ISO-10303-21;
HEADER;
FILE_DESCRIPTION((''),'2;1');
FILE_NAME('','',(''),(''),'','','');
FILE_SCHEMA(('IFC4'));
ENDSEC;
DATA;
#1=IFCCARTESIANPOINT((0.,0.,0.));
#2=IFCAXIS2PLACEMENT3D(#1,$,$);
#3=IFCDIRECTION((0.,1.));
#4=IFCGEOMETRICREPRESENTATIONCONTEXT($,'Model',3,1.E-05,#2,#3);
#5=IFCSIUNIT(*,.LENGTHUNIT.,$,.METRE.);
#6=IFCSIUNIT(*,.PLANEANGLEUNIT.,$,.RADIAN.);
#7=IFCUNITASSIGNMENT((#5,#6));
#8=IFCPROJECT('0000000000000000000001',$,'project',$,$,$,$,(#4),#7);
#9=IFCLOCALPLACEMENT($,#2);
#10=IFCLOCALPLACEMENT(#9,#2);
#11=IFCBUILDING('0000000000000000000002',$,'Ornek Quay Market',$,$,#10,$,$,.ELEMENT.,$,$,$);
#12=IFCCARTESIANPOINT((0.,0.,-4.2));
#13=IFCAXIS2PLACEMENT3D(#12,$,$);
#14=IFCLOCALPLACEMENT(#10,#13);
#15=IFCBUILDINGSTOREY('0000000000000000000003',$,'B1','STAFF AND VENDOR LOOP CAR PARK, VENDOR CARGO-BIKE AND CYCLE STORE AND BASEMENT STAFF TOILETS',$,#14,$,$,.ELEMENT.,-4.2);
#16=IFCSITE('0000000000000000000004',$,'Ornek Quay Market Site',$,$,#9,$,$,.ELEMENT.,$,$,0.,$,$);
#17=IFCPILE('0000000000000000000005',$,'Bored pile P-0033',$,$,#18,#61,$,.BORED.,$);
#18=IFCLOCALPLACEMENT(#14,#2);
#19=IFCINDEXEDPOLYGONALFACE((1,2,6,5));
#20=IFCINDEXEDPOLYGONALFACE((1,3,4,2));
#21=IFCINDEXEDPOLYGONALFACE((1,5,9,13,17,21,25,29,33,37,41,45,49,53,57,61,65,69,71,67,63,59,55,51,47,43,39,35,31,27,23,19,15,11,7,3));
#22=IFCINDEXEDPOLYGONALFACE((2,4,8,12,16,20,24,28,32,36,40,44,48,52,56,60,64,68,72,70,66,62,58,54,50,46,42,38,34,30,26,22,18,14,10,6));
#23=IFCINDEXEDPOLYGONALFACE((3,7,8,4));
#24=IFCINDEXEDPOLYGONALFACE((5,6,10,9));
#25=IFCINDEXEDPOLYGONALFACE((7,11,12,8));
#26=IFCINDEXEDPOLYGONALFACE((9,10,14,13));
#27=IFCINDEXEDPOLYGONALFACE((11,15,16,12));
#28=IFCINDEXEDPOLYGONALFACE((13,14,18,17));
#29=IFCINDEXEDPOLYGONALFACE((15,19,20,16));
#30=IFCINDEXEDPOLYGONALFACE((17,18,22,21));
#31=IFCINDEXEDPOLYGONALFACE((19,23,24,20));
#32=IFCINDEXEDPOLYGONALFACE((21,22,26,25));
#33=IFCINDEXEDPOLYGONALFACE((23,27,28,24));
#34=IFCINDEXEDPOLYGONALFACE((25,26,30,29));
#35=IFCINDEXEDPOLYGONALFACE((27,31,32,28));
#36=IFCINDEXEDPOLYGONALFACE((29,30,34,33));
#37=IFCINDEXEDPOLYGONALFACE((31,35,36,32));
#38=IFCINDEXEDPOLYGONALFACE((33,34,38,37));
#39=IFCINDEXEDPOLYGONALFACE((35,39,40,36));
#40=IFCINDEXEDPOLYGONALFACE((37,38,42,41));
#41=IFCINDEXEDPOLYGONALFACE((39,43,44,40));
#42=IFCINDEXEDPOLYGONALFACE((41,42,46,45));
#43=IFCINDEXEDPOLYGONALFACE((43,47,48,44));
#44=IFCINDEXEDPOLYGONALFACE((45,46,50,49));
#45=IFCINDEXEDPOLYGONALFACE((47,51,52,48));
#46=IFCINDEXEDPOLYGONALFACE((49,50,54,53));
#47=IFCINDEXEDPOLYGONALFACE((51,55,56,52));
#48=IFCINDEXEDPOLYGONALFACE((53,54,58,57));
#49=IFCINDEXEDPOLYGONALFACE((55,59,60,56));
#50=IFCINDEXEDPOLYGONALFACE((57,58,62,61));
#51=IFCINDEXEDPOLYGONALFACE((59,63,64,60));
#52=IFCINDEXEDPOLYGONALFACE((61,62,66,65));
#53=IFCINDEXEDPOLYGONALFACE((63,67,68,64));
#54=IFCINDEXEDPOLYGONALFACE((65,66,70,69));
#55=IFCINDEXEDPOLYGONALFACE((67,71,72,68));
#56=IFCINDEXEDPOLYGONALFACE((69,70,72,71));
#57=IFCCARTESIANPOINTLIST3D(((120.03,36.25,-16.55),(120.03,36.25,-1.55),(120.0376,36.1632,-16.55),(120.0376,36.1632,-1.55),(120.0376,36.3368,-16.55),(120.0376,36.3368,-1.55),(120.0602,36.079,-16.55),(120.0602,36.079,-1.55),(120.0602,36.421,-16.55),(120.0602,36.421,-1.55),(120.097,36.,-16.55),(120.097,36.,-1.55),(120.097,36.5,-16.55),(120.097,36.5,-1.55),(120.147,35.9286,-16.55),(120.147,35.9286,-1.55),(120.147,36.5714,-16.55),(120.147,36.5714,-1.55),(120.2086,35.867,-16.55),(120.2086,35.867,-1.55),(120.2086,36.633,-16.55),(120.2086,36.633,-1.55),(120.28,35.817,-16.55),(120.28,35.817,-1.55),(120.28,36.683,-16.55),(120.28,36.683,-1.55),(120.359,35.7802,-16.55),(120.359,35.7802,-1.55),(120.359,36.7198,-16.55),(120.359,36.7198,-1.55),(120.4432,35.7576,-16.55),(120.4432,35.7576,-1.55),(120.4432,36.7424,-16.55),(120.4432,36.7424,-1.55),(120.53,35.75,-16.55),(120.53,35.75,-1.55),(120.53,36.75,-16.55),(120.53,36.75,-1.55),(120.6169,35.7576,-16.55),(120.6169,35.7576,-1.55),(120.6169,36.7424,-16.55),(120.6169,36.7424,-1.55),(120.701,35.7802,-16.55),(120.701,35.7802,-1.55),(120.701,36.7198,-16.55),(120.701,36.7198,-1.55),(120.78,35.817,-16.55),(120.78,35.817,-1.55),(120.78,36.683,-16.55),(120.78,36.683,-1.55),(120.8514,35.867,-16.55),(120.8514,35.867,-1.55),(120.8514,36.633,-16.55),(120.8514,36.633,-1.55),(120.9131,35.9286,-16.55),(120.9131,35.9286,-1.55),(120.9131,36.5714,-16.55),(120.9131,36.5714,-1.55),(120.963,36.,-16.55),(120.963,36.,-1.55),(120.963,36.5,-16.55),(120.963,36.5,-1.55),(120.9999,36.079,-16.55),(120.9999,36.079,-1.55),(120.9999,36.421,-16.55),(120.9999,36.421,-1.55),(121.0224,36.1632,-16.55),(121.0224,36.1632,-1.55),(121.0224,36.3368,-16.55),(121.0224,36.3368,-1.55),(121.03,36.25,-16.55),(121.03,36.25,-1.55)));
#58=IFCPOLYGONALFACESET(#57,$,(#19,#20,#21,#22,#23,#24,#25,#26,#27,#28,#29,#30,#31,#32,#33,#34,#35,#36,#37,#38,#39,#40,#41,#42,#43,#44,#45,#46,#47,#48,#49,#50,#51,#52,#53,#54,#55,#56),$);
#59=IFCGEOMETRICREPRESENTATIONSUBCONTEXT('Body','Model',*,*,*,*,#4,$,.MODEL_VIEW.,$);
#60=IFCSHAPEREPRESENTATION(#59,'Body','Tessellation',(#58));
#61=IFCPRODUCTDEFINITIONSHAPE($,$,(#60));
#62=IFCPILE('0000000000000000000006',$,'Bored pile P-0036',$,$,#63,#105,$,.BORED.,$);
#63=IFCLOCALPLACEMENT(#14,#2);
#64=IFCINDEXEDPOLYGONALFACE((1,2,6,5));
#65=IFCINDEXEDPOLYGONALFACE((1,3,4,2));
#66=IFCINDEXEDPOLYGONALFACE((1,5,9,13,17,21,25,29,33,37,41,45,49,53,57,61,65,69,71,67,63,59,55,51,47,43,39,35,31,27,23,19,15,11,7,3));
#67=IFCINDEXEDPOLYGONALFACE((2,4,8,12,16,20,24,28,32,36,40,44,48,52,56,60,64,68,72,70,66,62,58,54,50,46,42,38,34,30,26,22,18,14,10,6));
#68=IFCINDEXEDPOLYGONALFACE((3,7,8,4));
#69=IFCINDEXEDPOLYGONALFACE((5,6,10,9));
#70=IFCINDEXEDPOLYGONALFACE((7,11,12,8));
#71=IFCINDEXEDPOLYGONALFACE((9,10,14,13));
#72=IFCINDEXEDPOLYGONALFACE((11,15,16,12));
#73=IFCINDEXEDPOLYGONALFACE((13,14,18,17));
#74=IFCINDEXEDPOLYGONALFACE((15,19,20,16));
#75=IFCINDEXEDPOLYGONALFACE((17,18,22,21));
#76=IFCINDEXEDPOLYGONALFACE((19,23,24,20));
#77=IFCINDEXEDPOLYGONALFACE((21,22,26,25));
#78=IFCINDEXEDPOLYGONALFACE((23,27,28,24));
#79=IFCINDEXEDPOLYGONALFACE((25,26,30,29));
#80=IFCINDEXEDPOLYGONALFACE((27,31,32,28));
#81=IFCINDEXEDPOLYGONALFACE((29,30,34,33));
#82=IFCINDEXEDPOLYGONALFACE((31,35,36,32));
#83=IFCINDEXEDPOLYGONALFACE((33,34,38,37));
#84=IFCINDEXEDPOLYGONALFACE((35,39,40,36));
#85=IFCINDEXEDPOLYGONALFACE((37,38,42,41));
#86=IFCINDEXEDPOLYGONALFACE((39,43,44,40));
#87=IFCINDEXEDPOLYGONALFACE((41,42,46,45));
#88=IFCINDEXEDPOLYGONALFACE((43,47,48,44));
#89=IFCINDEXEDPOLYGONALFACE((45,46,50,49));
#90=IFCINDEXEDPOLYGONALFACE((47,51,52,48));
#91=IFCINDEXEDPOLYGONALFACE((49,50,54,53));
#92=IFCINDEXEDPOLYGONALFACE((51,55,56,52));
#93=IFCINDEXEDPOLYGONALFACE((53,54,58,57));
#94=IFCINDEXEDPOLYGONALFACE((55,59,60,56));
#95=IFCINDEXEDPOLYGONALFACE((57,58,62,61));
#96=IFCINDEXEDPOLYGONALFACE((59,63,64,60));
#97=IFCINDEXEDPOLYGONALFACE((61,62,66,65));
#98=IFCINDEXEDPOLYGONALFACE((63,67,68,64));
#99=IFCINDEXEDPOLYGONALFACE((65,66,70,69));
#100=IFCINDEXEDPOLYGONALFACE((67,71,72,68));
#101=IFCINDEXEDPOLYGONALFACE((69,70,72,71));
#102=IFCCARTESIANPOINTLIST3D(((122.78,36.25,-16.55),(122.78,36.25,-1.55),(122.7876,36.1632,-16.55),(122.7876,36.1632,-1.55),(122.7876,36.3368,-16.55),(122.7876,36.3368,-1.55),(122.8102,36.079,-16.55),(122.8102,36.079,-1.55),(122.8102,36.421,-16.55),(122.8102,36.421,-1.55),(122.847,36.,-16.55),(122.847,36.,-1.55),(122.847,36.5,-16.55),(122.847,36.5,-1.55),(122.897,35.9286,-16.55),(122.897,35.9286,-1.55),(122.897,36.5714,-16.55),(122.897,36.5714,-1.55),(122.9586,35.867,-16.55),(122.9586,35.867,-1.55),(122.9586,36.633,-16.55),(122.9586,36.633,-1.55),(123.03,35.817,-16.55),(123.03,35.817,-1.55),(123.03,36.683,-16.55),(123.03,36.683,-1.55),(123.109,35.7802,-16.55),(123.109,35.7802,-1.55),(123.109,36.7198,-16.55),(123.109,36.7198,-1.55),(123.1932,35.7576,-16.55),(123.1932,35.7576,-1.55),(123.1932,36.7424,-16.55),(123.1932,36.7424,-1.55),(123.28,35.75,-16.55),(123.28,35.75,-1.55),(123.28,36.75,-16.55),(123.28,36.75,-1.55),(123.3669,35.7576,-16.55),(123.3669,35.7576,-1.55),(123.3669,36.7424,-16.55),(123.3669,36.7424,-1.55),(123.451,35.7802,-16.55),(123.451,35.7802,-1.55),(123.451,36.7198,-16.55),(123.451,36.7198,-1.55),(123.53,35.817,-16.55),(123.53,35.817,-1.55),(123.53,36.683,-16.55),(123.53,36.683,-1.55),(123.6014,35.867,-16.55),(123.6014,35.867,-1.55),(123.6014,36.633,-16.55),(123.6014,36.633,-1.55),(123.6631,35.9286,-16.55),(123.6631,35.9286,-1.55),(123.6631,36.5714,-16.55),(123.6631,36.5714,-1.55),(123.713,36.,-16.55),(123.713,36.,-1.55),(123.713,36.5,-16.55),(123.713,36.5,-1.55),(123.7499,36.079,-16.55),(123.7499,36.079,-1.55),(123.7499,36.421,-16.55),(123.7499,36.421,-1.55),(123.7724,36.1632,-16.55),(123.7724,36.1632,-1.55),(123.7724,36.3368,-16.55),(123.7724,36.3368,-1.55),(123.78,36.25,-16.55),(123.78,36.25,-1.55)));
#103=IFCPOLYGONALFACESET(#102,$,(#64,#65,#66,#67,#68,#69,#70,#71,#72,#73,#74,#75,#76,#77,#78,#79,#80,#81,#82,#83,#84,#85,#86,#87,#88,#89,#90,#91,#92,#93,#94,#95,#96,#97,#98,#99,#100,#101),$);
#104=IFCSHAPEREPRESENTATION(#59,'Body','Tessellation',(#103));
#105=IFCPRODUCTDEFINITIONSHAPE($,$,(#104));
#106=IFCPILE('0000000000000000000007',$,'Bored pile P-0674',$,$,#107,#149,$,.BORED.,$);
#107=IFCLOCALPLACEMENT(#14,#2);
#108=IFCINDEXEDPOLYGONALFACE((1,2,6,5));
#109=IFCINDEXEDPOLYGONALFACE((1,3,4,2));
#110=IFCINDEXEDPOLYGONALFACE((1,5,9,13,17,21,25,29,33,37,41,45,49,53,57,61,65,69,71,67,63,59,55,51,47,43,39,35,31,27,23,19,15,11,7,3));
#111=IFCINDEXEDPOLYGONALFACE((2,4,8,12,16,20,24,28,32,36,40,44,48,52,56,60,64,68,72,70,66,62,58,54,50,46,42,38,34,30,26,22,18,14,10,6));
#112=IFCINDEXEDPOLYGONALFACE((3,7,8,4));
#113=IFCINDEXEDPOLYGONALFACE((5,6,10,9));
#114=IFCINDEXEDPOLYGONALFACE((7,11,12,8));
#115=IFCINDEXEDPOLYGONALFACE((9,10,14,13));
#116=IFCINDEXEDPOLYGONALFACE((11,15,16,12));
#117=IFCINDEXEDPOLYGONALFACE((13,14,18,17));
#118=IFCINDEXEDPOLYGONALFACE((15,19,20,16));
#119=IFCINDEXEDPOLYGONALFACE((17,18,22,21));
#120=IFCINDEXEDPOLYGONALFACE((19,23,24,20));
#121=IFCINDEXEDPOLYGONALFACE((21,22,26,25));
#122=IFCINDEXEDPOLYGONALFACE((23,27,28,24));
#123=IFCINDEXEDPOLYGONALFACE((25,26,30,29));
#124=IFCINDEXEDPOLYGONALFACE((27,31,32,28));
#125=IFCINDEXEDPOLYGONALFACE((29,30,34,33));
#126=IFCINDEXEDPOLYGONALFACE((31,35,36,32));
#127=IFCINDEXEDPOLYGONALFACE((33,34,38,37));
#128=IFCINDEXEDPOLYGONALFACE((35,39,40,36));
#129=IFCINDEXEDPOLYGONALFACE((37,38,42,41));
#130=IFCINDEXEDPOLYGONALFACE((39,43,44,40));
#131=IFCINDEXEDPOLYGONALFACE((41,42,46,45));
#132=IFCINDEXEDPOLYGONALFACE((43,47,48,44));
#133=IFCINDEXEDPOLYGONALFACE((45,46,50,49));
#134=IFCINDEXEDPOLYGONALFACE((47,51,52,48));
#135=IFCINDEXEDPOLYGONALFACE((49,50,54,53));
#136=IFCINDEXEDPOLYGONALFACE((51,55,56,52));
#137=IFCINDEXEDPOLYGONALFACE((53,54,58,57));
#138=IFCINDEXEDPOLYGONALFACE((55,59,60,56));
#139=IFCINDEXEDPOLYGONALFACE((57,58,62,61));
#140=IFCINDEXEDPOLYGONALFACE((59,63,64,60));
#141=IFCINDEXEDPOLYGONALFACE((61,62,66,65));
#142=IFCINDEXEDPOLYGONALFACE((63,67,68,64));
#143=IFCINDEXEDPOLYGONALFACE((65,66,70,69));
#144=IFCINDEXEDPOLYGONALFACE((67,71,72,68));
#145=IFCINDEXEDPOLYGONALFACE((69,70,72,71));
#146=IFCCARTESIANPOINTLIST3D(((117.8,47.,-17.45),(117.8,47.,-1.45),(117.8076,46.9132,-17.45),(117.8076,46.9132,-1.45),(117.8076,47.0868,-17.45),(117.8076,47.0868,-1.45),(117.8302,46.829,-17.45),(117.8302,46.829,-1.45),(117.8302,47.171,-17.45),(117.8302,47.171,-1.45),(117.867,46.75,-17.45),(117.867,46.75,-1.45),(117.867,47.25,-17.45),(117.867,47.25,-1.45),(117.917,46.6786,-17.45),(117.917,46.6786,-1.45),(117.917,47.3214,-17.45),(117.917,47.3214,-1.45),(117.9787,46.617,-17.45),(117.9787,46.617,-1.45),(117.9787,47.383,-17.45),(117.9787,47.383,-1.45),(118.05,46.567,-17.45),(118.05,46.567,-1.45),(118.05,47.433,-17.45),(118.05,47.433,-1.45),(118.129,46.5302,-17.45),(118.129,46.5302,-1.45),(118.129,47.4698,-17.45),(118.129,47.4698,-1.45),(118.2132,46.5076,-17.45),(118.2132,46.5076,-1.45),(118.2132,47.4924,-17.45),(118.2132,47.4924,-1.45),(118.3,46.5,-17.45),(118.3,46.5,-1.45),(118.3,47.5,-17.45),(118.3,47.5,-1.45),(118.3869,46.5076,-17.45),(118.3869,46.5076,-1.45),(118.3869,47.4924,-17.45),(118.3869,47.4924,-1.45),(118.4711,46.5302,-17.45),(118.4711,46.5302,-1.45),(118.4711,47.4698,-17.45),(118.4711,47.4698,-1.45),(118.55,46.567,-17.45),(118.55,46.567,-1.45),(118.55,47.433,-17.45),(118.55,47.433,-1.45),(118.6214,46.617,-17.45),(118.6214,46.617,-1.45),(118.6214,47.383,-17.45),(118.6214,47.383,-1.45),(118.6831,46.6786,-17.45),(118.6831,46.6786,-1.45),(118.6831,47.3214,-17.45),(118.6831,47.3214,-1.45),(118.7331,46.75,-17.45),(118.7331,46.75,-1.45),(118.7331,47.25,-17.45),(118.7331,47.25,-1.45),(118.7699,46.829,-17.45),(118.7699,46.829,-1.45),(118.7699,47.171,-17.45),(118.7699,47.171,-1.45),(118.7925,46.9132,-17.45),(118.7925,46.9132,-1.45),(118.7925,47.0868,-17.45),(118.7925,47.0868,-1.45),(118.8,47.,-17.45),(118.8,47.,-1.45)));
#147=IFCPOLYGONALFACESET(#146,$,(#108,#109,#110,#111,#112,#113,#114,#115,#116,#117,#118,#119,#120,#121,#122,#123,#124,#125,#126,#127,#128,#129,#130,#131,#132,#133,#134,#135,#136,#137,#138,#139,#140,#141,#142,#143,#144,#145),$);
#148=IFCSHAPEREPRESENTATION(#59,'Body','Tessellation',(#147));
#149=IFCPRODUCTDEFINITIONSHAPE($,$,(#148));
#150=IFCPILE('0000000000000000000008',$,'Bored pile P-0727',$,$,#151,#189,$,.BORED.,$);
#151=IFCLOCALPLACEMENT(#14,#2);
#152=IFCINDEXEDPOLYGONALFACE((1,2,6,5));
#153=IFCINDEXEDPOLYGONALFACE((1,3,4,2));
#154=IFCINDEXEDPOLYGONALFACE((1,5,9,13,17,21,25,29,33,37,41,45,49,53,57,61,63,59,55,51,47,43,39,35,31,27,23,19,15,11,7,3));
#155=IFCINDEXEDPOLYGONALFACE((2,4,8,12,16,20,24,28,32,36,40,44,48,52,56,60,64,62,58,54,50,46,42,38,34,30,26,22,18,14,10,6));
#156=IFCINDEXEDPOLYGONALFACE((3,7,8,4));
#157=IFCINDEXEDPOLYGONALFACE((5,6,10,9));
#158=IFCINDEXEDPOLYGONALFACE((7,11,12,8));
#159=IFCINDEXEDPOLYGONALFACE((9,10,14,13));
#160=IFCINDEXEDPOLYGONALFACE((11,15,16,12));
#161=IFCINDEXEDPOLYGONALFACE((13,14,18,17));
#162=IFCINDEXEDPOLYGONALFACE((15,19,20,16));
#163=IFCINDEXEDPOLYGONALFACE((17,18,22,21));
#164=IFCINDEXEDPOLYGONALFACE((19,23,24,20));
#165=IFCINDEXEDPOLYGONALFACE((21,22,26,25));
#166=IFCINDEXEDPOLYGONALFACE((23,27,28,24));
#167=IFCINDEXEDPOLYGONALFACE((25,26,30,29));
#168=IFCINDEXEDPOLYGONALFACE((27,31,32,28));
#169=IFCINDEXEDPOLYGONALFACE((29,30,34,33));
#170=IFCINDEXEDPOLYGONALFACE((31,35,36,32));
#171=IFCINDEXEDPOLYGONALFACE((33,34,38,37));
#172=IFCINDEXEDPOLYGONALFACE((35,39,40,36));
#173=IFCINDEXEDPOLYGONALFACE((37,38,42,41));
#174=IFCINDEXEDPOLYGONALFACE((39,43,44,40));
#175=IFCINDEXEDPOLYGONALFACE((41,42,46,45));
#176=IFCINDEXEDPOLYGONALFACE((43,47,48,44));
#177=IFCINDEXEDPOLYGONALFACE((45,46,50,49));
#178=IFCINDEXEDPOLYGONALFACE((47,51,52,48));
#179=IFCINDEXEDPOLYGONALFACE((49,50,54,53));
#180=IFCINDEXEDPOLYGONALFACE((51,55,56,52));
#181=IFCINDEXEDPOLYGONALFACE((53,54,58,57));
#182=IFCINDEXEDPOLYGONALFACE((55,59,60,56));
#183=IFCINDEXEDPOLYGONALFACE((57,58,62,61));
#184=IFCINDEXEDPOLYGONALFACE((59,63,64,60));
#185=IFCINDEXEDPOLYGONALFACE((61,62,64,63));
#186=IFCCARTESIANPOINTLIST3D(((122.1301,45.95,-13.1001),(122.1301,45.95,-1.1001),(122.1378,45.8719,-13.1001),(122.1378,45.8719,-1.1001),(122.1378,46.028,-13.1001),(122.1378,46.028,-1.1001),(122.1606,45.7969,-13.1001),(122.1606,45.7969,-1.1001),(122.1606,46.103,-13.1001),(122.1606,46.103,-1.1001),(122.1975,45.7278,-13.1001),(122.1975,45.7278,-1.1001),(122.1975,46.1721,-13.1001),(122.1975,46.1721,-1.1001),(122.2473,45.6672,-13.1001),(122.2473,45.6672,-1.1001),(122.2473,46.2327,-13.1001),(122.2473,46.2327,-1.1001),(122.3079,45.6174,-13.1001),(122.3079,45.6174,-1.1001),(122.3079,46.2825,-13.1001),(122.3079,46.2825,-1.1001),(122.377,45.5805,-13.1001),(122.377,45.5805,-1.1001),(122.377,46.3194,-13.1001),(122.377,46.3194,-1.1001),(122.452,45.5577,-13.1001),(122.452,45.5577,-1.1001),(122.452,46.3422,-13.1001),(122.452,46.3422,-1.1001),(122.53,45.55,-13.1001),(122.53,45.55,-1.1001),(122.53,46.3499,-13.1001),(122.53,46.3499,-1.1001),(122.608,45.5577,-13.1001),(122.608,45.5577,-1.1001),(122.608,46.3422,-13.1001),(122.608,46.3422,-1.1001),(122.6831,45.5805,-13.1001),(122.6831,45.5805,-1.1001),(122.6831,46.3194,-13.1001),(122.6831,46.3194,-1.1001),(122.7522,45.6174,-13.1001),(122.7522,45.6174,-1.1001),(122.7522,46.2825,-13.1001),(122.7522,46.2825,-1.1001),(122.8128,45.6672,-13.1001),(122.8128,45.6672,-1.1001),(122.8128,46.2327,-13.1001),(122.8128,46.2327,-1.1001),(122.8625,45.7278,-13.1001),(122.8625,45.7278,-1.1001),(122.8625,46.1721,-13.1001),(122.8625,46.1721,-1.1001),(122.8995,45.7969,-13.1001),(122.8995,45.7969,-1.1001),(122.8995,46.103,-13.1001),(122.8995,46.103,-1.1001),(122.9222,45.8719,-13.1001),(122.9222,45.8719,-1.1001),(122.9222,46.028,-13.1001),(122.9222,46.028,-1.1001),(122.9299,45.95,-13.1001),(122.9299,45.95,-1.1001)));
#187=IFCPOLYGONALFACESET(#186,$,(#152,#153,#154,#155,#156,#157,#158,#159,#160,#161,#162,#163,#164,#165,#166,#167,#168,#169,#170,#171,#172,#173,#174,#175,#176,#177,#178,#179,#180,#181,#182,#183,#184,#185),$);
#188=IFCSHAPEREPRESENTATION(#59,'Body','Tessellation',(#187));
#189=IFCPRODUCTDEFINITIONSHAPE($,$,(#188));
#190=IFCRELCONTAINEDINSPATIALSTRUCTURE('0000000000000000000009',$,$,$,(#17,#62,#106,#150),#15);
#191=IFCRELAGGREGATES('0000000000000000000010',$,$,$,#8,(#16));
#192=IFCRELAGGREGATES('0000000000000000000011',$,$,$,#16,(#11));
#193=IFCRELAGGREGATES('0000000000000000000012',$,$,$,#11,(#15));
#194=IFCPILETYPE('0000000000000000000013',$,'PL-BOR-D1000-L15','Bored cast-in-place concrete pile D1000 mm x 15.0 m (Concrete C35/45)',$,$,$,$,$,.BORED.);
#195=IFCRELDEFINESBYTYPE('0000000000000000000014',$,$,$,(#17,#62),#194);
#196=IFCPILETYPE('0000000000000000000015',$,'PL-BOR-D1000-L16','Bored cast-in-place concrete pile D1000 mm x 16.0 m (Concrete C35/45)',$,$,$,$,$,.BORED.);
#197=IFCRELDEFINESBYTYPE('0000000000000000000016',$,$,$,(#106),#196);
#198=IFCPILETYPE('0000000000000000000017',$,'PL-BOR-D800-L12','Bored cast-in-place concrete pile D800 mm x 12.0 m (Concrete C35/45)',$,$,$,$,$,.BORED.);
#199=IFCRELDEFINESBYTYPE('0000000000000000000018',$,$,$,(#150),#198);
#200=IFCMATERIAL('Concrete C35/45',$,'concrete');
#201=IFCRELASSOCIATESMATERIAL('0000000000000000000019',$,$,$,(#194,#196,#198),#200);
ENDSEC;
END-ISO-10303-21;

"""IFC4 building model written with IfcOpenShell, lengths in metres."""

from ifc_helpers import new_model, si_unit, direction, frame, origin, origin_2d, place, context, subcontext, project, spatial, circle, extrude, material, material_profile, profile_set, type_object, element, save


model = new_model("IFC4")

# Units and contexts
model_context = context("Model", 3, precision=1e-05, world=origin(), true_north=direction((0.0, 1.0)))
body_context = subcontext(model_context, "Body", "Model", "MODEL_VIEW")
ifc_project = project(units=[si_unit("LENGTHUNIT", "METRE"), si_unit("PLANEANGLEUNIT", "RADIAN")], contexts=[model_context])

# Site, building, storey
site_placement = place(None, origin())
site = spatial("IfcSite", under=ifc_project, at=site_placement, Name="Ornek Quay Market Site", CompositionType="ELEMENT", RefElevation=0.0)
building_placement = place(site_placement, origin())
building = spatial("IfcBuilding", under=site, at=building_placement, Name="Ornek Quay Market", CompositionType="ELEMENT")
storey_placement = place(building_placement, frame((0.0, 0.0, -4.2)))
storey = spatial("IfcBuildingStorey", under=building, at=storey_placement, Name="B1", Description="STAFF AND VENDOR LOOP CAR PARK, VENDOR CARGO-BIKE AND CYCLE STORE AND BASEMENT STAFF TOILETS", CompositionType="ELEMENT", Elevation=-4.2)

# Piles
ifc_material_1 = material(Name="Concrete C35/45", Category="concrete")
ifc_material_profile_1 = material_profile(ifc_material_1, circle(Radius=0.5, at=origin_2d()), Name="PILE D1000", Category="concrete")
ifc_profile_set_1 = profile_set([ifc_material_profile_1], Name="Concrete C35/45")
pile_type_1 = type_object("IfcPileType", Name="PL-BOR-D1000-L15", Description="Bored cast-in-place concrete pile D1000 mm x 15.0 m (Concrete C35/45)", PredefinedType="BORED", material=ifc_profile_set_1)
for number, where, z_axis, x_axis, name in (
    (1, (120.53, 36.25, -1.55), (0.0, 0.0, -1.0), (1.0, 0.0, 0.0), "Bored pile P-0033"),
    (2, (123.28, 36.25, -1.55), (0.0, 0.0, -1.0), (1.0, 0.0, 0.0), "Bored pile P-0036"),
):
    element("IfcPile", number, at=place(storey_placement, frame(where, z_axis=z_axis, x_axis=x_axis)), inside=storey, type_object=pile_type_1, Name=name, PredefinedType="BORED", context=body_context, shape_type="SweptSolid", body=[
        extrude(circle(Radius=0.5, at=origin_2d()), origin(), (0.0, 0.0, 1.0), 15.0),
    ])
ifc_material_profile_2 = material_profile(ifc_material_1, circle(Radius=0.5, at=origin_2d()), Name="PILE D1000", Category="concrete")
ifc_profile_set_2 = profile_set([ifc_material_profile_2], Name="Concrete C35/45")
pile_type_2 = type_object("IfcPileType", Name="PL-BOR-D1000-L16", Description="Bored cast-in-place concrete pile D1000 mm x 16.0 m (Concrete C35/45)", PredefinedType="BORED", material=ifc_profile_set_2)
pile_placement = place(storey_placement, frame((118.3, 47.0, -1.45), z_axis=(0.0, 0.0, -1.0), x_axis=(1.0, 0.0, 0.0)))
element("IfcPile", 3, at=pile_placement, inside=storey, type_object=pile_type_2, Name="Bored pile P-0674", PredefinedType="BORED", context=body_context, shape_type="SweptSolid", body=[
    extrude(circle(Radius=0.5, at=origin_2d()), origin(), (0.0, 0.0, 1.0), 16.0),
])
ifc_material_profile_3 = material_profile(ifc_material_1, circle(Radius=0.3999, at=origin_2d()), Name="PILE D800", Category="concrete")
ifc_profile_set_3 = profile_set([ifc_material_profile_3], Name="Concrete C35/45")
pile_type_3 = type_object("IfcPileType", Name="PL-BOR-D800-L12", Description="Bored cast-in-place concrete pile D800 mm x 12.0 m (Concrete C35/45)", PredefinedType="BORED", material=ifc_profile_set_3)
for number, where, z_axis, x_axis, name in (
    (4, (122.53, 45.95, -1.1001), (0.0, 0.0, -1.0), (1.0, 0.0, 0.0), "Bored pile P-0727"),
):
    element("IfcPile", number, at=place(storey_placement, frame(where, z_axis=z_axis, x_axis=x_axis)), inside=storey, type_object=pile_type_3, Name=name, PredefinedType="BORED", context=body_context, shape_type="SweptSolid", body=[
        extrude(circle(Radius=0.3999, at=origin_2d()), origin(), (0.0, 0.0, 1.0), 12.0),
    ])

save(model, "model.ifc")
